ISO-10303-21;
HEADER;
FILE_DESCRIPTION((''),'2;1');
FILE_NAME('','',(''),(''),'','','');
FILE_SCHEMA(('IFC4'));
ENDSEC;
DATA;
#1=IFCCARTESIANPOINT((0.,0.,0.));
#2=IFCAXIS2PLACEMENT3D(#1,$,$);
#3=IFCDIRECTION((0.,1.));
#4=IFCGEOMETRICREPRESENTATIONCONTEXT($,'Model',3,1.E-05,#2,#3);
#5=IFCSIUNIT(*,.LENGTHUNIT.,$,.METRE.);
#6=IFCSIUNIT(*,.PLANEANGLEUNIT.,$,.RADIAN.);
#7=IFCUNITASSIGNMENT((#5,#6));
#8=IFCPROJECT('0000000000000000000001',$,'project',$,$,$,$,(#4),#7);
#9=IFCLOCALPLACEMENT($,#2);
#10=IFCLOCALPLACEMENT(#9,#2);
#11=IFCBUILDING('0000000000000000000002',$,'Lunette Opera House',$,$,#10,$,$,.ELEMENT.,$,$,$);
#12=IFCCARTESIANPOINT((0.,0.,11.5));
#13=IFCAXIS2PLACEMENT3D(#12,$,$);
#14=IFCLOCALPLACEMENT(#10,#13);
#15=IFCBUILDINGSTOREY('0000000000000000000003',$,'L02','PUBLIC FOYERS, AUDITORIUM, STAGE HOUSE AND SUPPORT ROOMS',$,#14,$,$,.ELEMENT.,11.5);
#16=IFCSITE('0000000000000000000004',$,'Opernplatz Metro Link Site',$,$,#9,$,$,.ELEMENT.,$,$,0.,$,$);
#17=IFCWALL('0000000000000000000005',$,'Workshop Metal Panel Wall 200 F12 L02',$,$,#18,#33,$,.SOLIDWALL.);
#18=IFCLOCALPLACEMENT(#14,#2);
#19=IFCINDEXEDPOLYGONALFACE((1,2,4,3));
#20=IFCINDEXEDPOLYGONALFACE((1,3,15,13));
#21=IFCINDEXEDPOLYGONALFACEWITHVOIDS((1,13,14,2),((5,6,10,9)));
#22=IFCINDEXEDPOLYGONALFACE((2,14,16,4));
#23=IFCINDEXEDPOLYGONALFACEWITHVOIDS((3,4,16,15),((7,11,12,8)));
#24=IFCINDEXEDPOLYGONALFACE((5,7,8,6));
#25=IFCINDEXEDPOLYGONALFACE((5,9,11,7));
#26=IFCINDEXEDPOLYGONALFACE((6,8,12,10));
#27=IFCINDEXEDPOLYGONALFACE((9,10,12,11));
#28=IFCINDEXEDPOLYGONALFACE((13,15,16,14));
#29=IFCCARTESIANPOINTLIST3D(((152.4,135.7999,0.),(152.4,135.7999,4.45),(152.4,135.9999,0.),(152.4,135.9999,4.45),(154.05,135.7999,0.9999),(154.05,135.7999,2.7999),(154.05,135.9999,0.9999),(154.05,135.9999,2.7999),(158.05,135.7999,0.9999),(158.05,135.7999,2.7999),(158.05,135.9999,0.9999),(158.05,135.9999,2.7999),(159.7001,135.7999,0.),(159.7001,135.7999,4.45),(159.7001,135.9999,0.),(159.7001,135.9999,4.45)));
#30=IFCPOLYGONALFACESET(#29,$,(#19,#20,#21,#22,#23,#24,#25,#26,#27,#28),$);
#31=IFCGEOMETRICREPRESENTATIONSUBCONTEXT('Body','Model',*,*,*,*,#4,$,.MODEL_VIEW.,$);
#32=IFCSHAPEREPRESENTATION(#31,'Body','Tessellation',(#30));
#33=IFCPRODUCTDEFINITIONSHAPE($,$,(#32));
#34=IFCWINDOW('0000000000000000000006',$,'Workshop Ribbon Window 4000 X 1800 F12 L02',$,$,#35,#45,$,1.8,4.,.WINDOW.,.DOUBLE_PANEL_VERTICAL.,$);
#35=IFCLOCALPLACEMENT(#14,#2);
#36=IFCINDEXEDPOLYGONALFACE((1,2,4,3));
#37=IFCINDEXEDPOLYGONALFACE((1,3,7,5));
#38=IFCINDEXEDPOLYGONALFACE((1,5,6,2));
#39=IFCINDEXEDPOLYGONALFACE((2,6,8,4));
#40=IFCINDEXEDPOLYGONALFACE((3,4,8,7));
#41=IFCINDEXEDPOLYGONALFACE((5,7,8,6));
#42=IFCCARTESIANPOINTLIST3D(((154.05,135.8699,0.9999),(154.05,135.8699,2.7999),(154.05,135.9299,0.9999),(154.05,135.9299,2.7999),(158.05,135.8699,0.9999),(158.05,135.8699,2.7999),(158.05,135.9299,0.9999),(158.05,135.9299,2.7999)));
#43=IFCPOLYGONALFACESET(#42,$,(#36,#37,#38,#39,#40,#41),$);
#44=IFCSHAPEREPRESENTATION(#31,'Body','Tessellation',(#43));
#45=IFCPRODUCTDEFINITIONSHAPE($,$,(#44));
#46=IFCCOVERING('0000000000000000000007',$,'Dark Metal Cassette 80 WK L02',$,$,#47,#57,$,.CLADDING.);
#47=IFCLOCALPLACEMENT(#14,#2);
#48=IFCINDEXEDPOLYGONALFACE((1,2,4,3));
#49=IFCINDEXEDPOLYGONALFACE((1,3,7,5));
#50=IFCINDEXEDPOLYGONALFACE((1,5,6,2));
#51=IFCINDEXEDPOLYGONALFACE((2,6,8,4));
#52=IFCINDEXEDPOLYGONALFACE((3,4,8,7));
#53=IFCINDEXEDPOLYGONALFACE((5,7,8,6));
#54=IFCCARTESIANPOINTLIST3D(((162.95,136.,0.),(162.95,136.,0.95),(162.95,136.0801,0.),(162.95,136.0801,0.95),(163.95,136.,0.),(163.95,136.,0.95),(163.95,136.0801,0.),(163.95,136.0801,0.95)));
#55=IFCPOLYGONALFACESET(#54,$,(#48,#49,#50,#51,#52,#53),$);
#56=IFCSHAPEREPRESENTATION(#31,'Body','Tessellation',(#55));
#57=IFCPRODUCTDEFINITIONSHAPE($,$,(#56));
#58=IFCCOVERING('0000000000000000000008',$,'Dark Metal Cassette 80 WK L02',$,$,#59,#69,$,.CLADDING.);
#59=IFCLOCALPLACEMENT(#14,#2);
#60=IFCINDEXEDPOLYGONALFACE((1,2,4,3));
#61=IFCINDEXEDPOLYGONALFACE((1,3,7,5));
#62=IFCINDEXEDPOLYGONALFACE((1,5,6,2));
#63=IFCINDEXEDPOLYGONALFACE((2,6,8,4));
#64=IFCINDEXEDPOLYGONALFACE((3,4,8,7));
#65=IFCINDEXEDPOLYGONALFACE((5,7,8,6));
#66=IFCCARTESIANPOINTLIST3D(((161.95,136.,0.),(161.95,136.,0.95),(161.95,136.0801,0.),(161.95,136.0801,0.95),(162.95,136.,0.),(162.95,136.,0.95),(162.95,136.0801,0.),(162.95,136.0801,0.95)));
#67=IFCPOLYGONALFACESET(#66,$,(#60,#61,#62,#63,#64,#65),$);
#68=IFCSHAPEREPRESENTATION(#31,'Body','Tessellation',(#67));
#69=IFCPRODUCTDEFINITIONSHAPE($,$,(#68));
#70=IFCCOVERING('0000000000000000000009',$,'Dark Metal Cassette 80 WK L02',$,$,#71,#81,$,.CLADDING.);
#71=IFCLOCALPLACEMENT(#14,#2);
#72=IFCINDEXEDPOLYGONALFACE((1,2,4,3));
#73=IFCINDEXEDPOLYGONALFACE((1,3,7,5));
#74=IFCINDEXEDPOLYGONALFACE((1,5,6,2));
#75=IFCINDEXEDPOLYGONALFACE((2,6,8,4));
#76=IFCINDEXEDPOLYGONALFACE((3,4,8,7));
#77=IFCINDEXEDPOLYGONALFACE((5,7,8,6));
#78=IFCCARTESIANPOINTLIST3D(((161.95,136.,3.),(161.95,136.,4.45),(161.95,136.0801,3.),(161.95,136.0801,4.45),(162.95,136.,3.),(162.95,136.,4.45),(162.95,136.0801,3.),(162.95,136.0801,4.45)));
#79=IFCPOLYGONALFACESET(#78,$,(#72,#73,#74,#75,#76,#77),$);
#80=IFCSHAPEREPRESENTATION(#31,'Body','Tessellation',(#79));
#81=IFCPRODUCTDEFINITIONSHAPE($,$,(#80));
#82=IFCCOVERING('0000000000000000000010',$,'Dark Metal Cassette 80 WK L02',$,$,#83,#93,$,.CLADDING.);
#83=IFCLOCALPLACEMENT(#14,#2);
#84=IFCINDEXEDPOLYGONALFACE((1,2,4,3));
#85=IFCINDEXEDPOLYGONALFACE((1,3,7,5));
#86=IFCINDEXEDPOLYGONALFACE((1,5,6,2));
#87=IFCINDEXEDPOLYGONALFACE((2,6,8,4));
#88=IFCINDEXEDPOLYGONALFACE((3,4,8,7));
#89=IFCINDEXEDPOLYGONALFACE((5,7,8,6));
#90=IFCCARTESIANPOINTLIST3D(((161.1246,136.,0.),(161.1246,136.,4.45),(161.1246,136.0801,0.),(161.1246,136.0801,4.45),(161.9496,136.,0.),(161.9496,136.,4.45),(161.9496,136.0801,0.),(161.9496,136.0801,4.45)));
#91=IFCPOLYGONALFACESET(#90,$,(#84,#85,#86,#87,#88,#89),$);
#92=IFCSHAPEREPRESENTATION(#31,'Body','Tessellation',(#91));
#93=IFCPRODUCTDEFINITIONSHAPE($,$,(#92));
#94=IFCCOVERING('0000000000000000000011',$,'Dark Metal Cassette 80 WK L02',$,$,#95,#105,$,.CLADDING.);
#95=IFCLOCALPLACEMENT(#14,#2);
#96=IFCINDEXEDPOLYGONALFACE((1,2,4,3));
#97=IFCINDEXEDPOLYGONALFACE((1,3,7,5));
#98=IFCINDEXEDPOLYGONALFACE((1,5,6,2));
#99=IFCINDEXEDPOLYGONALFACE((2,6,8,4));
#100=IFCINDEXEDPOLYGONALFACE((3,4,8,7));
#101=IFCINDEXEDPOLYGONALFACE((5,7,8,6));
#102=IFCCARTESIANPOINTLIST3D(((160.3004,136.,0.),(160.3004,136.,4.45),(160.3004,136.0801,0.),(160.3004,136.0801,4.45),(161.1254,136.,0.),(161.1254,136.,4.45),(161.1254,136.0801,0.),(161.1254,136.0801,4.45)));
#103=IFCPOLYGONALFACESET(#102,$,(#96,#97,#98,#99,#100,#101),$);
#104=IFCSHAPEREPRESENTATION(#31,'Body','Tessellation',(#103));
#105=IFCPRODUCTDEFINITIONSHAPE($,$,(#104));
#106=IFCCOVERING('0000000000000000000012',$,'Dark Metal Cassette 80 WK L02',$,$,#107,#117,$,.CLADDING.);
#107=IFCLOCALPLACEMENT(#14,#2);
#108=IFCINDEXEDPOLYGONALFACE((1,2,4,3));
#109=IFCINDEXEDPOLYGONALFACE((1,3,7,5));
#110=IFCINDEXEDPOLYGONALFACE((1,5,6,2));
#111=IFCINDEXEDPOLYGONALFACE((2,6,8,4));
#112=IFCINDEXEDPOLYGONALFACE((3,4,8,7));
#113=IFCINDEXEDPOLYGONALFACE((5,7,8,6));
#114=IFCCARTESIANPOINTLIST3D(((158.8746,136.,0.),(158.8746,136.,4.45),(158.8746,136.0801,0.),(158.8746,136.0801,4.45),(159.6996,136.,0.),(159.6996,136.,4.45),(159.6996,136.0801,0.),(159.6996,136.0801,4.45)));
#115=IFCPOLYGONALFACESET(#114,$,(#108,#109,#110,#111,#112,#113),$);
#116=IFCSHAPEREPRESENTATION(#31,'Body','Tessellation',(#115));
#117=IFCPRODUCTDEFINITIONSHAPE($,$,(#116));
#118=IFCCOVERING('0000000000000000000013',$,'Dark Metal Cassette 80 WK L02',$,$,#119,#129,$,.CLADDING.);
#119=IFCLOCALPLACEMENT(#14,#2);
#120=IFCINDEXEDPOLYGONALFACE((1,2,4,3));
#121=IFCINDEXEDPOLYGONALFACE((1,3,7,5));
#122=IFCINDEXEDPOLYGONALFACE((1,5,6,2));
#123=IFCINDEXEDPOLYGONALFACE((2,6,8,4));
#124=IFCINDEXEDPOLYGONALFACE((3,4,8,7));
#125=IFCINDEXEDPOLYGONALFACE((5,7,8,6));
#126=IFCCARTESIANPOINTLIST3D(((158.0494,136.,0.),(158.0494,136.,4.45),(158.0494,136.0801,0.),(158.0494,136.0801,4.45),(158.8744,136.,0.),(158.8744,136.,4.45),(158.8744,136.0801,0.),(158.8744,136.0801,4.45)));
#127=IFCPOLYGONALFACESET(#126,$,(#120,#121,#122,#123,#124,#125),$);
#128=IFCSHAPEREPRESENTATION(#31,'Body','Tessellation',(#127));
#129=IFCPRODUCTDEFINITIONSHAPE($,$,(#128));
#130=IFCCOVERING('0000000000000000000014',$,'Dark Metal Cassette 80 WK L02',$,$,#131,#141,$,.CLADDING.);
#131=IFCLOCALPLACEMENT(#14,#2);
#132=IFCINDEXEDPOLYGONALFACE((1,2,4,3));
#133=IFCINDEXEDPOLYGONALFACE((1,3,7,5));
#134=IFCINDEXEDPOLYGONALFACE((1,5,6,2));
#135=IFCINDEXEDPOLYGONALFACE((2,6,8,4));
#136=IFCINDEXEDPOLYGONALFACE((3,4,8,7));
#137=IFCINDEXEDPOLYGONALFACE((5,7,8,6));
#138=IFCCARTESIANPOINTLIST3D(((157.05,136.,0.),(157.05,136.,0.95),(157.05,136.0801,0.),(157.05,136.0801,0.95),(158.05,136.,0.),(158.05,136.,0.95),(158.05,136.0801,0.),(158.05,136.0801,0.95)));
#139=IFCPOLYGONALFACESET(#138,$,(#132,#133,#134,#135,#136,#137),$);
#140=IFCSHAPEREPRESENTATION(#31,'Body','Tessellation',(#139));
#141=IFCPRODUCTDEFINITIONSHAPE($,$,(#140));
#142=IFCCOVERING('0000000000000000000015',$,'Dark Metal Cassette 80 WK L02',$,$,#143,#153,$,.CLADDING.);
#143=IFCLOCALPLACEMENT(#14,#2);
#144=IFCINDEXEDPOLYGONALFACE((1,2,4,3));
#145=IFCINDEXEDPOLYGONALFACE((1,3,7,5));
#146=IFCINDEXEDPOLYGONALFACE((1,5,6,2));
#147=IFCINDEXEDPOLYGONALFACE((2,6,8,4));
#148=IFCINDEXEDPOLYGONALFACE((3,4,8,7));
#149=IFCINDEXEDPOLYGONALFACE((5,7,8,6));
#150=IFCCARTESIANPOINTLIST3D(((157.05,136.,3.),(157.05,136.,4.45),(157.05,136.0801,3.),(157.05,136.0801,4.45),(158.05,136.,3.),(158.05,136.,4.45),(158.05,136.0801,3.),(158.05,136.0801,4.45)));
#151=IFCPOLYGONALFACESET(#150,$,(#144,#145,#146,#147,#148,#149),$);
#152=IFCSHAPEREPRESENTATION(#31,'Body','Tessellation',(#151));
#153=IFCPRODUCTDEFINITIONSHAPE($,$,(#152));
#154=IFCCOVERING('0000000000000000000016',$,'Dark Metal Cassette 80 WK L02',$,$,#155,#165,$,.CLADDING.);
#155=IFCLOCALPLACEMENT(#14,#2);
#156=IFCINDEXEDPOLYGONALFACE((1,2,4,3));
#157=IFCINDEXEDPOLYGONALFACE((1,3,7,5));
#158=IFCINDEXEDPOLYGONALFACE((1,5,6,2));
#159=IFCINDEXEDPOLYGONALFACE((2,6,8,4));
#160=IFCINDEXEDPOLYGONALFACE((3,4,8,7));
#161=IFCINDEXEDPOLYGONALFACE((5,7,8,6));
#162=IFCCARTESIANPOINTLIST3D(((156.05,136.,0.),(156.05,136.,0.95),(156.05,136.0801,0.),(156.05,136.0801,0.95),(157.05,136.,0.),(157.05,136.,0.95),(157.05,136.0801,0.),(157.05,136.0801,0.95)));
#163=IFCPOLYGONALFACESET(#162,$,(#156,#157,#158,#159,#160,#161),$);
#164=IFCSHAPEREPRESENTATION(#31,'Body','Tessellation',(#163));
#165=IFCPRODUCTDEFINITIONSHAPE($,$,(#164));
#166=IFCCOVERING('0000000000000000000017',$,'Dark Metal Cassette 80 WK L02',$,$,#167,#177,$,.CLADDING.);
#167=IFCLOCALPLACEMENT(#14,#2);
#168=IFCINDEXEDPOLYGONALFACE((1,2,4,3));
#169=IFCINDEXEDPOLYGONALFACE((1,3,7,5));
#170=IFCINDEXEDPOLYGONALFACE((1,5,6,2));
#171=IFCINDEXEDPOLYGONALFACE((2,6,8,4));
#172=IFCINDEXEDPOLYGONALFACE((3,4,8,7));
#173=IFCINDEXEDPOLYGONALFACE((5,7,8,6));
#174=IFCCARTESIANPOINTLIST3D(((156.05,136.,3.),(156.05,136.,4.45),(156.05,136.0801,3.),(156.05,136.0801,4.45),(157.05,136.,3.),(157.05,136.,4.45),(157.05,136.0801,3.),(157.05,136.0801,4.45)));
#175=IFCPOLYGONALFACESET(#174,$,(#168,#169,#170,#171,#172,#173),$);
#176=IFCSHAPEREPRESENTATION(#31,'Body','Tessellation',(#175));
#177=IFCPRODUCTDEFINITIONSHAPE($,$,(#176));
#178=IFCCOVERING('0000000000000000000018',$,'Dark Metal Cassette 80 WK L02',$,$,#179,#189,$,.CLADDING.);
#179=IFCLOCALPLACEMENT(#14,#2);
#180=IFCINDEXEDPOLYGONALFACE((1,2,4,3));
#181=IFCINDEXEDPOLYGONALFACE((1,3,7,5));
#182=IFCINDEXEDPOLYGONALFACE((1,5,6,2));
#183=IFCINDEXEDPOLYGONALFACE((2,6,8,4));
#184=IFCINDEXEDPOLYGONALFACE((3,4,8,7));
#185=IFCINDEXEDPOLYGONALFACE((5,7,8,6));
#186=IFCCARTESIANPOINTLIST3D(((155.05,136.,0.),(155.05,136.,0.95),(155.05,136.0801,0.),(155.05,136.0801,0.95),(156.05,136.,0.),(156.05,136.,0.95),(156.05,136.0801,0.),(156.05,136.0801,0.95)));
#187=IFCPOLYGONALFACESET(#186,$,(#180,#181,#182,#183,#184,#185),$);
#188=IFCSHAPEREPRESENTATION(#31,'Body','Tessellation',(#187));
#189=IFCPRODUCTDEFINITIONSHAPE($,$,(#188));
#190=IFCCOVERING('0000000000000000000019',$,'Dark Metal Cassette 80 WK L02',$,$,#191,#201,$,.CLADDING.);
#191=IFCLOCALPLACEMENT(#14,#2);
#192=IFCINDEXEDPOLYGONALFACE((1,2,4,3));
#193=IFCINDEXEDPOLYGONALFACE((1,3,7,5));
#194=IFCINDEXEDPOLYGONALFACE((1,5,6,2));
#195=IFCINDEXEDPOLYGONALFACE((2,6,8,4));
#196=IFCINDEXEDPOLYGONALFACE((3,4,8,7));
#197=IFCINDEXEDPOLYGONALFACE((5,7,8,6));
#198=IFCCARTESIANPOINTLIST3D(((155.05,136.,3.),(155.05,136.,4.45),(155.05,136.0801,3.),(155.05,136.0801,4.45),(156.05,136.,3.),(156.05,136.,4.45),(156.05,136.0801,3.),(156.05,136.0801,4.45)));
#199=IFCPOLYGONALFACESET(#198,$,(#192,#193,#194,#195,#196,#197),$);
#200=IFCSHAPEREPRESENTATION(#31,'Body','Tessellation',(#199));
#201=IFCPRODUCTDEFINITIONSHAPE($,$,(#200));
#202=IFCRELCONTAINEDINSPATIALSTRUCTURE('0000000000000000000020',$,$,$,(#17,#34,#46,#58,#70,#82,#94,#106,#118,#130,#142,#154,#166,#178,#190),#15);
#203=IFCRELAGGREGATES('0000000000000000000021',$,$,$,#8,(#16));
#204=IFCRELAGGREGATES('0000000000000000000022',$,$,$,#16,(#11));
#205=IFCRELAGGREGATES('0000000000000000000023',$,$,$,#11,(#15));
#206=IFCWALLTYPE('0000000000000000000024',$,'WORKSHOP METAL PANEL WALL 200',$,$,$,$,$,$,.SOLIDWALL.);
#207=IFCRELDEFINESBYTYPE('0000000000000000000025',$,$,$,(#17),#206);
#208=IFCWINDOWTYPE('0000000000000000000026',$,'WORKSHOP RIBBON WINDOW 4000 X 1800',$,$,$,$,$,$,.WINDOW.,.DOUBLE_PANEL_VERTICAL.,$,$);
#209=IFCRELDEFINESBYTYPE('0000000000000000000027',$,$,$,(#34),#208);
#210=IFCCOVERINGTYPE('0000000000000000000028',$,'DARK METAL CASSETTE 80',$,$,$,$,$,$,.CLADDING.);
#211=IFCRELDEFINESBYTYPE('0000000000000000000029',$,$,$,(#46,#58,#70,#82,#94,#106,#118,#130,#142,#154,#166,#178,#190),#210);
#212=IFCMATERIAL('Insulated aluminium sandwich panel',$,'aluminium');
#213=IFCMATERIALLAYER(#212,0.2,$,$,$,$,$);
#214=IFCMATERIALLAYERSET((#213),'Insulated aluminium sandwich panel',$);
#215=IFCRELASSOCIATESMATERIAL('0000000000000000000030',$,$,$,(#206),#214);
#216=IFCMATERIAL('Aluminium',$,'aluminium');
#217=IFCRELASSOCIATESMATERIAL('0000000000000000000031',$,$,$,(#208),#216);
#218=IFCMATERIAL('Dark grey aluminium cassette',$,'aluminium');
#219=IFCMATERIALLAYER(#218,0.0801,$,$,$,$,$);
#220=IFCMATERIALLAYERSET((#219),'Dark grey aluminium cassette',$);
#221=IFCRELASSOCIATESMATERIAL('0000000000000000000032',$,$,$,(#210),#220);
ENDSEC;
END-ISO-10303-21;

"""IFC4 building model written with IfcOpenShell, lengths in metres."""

from ifc_helpers import new_model, si_unit, direction, frame, frame_2d, origin, origin_2d, place, context, subcontext, project, spatial, rectangle, extrude, material, layer, layer_set, type_object, element, fill, save


model = new_model("IFC4")

# Units and contexts
model_context = context("Model", 3, precision=1e-05, world=origin(), true_north=direction((0.0, 1.0)))
body_context = subcontext(model_context, "Body", "Model", "MODEL_VIEW")
ifc_project = project(units=[si_unit("LENGTHUNIT", "METRE"), si_unit("PLANEANGLEUNIT", "RADIAN")], contexts=[model_context])

# Site, building, storey
site_placement = place(None, origin())
site = spatial("IfcSite", under=ifc_project, at=site_placement, Name="Opernplatz Metro Link Site", CompositionType="ELEMENT", RefElevation=0.0)
building_placement = place(site_placement, origin())
building = spatial("IfcBuilding", under=site, at=building_placement, Name="Lunette Opera House", CompositionType="ELEMENT")
storey_placement = place(building_placement, frame((0.0, 0.0, 11.5)))
storey = spatial("IfcBuildingStorey", under=building, at=storey_placement, Name="L02", Description="PUBLIC FOYERS, AUDITORIUM, STAGE HOUSE AND SUPPORT ROOMS", CompositionType="ELEMENT", Elevation=11.5)

# Wall, opening, window
ifc_material_1 = material(Name="Insulated aluminium sandwich panel", Category="aluminium")
ifc_layer_1 = layer(ifc_material_1, 0.2)
ifc_layer_set_1 = layer_set([ifc_layer_1], Name="Insulated aluminium sandwich panel")
wall_type = type_object("IfcWallType", Name="WORKSHOP METAL PANEL WALL 200", PredefinedType="SOLIDWALL", material=ifc_layer_set_1)
wall_placement = place(storey_placement, frame((159.7, 135.8999, 0.0), z_axis=(0.0, 0.0, 1.0), x_axis=(-1.0, 0.0, 0.0)))
wall = element("IfcWall", 1, at=wall_placement, inside=storey, type_object=wall_type, Name="Workshop Metal Panel Wall 200 F12 L02", PredefinedType="SOLIDWALL", context=body_context, shape_type="SweptSolid", body=[
    extrude(rectangle(XDim=7.3, YDim=0.2, at=frame_2d((3.6499, 0.0))), origin(), (0.0, 0.0, 1.0), 4.45),
])
opening_placement = place(wall_placement, frame((1.6499, 0.0, 1.0)))
opening = element("IfcOpeningElement", 2, at=opening_placement, cuts=wall, PredefinedType="OPENING", context=body_context, shape_type="SweptSolid", body=[
    extrude(rectangle(XDim=4.0, YDim=1.8, at=frame_2d((2.0, 0.8999))), frame((0.0, 0.1121, 0.0), z_axis=(0.0, -1.0, 0.0), x_axis=(1.0, 0.0, 0.0)), (0.0, 0.0, 1.0), 0.2239),
])
ifc_material_2 = material(Name="Aluminium", Category="aluminium")
window_type = type_object("IfcWindowType", Name="WORKSHOP RIBBON WINDOW 4000 X 1800", PartitioningType="DOUBLE_PANEL_VERTICAL", PredefinedType="WINDOW", material=ifc_material_2)
window_placement = place(opening_placement, origin())
window = element("IfcWindow", 3, at=window_placement, inside=storey, type_object=window_type, Name="Workshop Ribbon Window 4000 X 1800 F12 L02", OverallHeight=1.8, OverallWidth=4.0, PartitioningType="DOUBLE_PANEL_VERTICAL", PredefinedType="WINDOW", context=body_context, shape_type="SweptSolid", body=[
    extrude(rectangle(XDim=4.0, YDim=1.8, at=frame_2d((2.0, 0.8999))), frame((0.0, 0.03, 0.0), z_axis=(0.0, -1.0, 0.0), x_axis=(1.0, 0.0, 0.0)), (0.0, 0.0, 1.0), 0.0601),
])
fill(opening, window)

# Coverings
ifc_material_3 = material(Name="Dark grey aluminium cassette", Category="aluminium")
ifc_layer_2 = layer(ifc_material_3, 0.0801)
ifc_layer_set_2 = layer_set([ifc_layer_2], Name="Dark grey aluminium cassette")
covering_type = type_object("IfcCoveringType", Name="DARK METAL CASSETTE 80", PredefinedType="CLADDING", material=ifc_layer_set_2)
for number, where, z_axis, x_axis, name in (
    (4, (163.45, 136.04, 0.0), (0.0, 0.0, 1.0), (-1.0, 0.0, 0.0), "Dark Metal Cassette 80 WK L02"),
    (5, (162.45, 136.04, 0.0), (0.0, 0.0, 1.0), (-1.0, 0.0, 0.0), "Dark Metal Cassette 80 WK L02"),
):
    element("IfcCovering", number, at=place(storey_placement, frame(where, z_axis=z_axis, x_axis=x_axis)), inside=storey, type_object=covering_type, Name=name, PredefinedType="CLADDING", context=body_context, shape_type="SweptSolid", body=[
        extrude(rectangle(XDim=1.0, YDim=0.0801, at=origin_2d()), origin(), (0.0, 0.0, 1.0), 0.95),
    ])
covering_1_placement = place(storey_placement, frame((162.45, 136.04, 3.0), z_axis=(0.0, 0.0, 1.0), x_axis=(-1.0, 0.0, 0.0)))
element("IfcCovering", 6, at=covering_1_placement, inside=storey, type_object=covering_type, Name="Dark Metal Cassette 80 WK L02", PredefinedType="CLADDING", context=body_context, shape_type="SweptSolid", body=[
    extrude(rectangle(XDim=1.0, YDim=0.0801, at=origin_2d()), origin(), (0.0, 0.0, 1.0), 1.45),
])
for number, where, z_axis, x_axis, name in (
    (7, (161.5371, 136.04, 0.0), (0.0, 0.0, 1.0), (-1.0, 0.0, 0.0), "Dark Metal Cassette 80 WK L02"),
    (8, (160.7129, 136.04, 0.0), (0.0, 0.0, 1.0), (-1.0, 0.0, 0.0), "Dark Metal Cassette 80 WK L02"),
    (9, (159.2871, 136.04, 0.0), (0.0, 0.0, 1.0), (-1.0, 0.0, 0.0), "Dark Metal Cassette 80 WK L02"),
    (10, (158.4619, 136.04, 0.0), (0.0, 0.0, 1.0), (-1.0, 0.0, 0.0), "Dark Metal Cassette 80 WK L02"),
):
    element("IfcCovering", number, at=place(storey_placement, frame(where, z_axis=z_axis, x_axis=x_axis)), inside=storey, type_object=covering_type, Name=name, PredefinedType="CLADDING", context=body_context, shape_type="SweptSolid", body=[
        extrude(rectangle(XDim=0.825, YDim=0.0801, at=origin_2d()), origin(), (0.0, 0.0, 1.0), 4.45),
    ])
covering_2_placement = place(storey_placement, frame((157.55, 136.04, 0.0), z_axis=(0.0, 0.0, 1.0), x_axis=(-1.0, 0.0, 0.0)))
element("IfcCovering", 11, at=covering_2_placement, inside=storey, type_object=covering_type, Name="Dark Metal Cassette 80 WK L02", PredefinedType="CLADDING", context=body_context, shape_type="SweptSolid", body=[
    extrude(rectangle(XDim=1.0, YDim=0.0801, at=origin_2d()), origin(), (0.0, 0.0, 1.0), 0.95),
])
covering_3_placement = place(storey_placement, frame((157.55, 136.04, 3.0), z_axis=(0.0, 0.0, 1.0), x_axis=(-1.0, 0.0, 0.0)))
element("IfcCovering", 12, at=covering_3_placement, inside=storey, type_object=covering_type, Name="Dark Metal Cassette 80 WK L02", PredefinedType="CLADDING", context=body_context, shape_type="SweptSolid", body=[
    extrude(rectangle(XDim=1.0, YDim=0.0801, at=origin_2d()), origin(), (0.0, 0.0, 1.0), 1.45),
])
covering_4_placement = place(storey_placement, frame((156.55, 136.04, 0.0), z_axis=(0.0, 0.0, 1.0), x_axis=(-1.0, 0.0, 0.0)))
element("IfcCovering", 13, at=covering_4_placement, inside=storey, type_object=covering_type, Name="Dark Metal Cassette 80 WK L02", PredefinedType="CLADDING", context=body_context, shape_type="SweptSolid", body=[
    extrude(rectangle(XDim=1.0, YDim=0.0801, at=origin_2d()), origin(), (0.0, 0.0, 1.0), 0.95),
])
covering_5_placement = place(storey_placement, frame((156.55, 136.04, 3.0), z_axis=(0.0, 0.0, 1.0), x_axis=(-1.0, 0.0, 0.0)))
element("IfcCovering", 14, at=covering_5_placement, inside=storey, type_object=covering_type, Name="Dark Metal Cassette 80 WK L02", PredefinedType="CLADDING", context=body_context, shape_type="SweptSolid", body=[
    extrude(rectangle(XDim=1.0, YDim=0.0801, at=origin_2d()), origin(), (0.0, 0.0, 1.0), 1.45),
])
covering_6_placement = place(storey_placement, frame((155.55, 136.04, 0.0), z_axis=(0.0, 0.0, 1.0), x_axis=(-1.0, 0.0, 0.0)))
element("IfcCovering", 15, at=covering_6_placement, inside=storey, type_object=covering_type, Name="Dark Metal Cassette 80 WK L02", PredefinedType="CLADDING", context=body_context, shape_type="SweptSolid", body=[
    extrude(rectangle(XDim=1.0, YDim=0.0801, at=origin_2d()), origin(), (0.0, 0.0, 1.0), 0.95),
])
covering_7_placement = place(storey_placement, frame((155.55, 136.04, 3.0), z_axis=(0.0, 0.0, 1.0), x_axis=(-1.0, 0.0, 0.0)))
element("IfcCovering", 16, at=covering_7_placement, inside=storey, type_object=covering_type, Name="Dark Metal Cassette 80 WK L02", PredefinedType="CLADDING", context=body_context, shape_type="SweptSolid", body=[
    extrude(rectangle(XDim=1.0, YDim=0.0801, at=origin_2d()), origin(), (0.0, 0.0, 1.0), 1.45),
])

save(model, "model.ifc")
